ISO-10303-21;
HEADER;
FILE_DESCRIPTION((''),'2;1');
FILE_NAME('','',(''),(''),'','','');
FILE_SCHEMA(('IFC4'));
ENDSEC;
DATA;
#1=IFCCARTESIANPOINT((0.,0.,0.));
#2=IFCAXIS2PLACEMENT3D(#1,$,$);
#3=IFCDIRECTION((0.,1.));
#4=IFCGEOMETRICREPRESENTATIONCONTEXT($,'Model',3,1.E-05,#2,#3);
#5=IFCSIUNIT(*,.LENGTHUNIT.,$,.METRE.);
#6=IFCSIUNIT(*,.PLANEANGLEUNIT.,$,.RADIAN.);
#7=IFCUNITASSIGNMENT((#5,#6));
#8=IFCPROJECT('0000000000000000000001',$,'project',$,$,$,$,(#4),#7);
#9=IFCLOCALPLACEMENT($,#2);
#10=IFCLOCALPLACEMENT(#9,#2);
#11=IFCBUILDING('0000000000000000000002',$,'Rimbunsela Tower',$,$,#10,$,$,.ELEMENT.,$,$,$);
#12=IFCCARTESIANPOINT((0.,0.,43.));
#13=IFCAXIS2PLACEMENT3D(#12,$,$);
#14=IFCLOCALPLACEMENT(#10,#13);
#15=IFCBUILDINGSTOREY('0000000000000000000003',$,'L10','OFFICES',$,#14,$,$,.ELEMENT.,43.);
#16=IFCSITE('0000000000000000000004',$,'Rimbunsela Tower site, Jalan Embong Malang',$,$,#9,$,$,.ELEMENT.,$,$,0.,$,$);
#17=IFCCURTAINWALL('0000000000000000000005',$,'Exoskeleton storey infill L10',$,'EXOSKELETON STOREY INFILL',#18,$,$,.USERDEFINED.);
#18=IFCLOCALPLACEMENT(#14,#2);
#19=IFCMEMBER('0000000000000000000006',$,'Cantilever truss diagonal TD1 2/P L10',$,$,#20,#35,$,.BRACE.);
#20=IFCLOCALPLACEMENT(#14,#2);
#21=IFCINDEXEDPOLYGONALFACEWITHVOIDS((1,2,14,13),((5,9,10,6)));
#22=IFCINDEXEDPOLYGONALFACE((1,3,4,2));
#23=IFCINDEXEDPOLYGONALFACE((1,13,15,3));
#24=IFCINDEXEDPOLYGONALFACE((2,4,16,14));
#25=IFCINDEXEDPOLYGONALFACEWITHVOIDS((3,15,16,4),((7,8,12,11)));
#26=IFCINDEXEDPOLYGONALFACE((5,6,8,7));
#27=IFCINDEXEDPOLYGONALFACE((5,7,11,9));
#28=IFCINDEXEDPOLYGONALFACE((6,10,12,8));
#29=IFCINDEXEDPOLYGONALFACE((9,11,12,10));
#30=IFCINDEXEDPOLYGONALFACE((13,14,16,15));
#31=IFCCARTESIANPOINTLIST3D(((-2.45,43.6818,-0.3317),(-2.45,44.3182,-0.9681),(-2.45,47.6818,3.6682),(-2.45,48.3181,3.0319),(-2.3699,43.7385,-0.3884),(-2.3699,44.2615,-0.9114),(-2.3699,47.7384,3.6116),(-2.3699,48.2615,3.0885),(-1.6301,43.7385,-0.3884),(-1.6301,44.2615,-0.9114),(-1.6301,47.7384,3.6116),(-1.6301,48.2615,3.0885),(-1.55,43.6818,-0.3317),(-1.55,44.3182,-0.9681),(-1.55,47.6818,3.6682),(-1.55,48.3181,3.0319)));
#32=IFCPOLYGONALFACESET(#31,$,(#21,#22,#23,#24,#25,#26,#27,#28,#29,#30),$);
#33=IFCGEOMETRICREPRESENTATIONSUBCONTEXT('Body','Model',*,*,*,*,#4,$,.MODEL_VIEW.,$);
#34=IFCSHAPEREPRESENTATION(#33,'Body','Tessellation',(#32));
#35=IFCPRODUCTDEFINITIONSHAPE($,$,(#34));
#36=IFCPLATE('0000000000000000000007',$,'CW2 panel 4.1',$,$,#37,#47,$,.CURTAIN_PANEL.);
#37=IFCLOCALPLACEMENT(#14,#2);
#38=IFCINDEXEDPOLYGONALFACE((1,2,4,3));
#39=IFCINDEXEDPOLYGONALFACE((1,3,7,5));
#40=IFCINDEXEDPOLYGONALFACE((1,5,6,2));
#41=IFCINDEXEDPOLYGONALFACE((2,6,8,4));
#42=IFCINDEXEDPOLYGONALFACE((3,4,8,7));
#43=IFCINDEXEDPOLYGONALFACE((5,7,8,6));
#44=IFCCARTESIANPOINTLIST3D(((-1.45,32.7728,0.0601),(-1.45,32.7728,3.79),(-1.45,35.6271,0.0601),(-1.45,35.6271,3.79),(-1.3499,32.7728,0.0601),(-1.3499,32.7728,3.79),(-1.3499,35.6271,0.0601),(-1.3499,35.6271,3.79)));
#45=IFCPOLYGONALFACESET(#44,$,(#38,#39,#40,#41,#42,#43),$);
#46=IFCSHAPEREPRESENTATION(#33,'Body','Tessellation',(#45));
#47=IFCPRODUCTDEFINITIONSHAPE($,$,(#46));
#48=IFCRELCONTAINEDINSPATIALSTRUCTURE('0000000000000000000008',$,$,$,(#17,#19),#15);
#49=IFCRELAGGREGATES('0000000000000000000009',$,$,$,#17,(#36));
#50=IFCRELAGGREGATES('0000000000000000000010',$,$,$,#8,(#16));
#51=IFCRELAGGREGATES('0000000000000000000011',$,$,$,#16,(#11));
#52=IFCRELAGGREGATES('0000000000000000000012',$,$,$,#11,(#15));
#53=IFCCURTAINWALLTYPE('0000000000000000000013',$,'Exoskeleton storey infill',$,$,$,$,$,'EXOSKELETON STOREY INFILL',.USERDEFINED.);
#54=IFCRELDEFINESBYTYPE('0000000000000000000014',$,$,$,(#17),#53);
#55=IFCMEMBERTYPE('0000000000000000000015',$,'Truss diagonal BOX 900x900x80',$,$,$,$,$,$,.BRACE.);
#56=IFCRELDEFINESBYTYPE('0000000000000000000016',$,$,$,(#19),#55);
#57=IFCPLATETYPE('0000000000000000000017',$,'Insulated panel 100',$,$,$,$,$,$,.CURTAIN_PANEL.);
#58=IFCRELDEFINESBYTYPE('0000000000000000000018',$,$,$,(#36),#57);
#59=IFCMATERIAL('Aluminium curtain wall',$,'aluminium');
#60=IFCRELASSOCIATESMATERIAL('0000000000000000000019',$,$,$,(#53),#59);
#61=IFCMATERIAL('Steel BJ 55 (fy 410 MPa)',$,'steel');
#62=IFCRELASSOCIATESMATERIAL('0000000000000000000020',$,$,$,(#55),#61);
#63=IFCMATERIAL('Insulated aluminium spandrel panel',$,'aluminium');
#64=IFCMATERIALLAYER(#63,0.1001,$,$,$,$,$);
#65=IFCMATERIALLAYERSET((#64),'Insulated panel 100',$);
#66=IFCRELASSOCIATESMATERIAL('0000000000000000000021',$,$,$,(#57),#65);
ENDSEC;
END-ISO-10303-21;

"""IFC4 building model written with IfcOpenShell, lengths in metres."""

from ifc_helpers import new_model, si_unit, direction, frame, origin, origin_2d, place, context, subcontext, project, spatial, rectangle, hollow_rectangle, extrude, material, layer, layer_set, material_profile, profile_set, type_object, element, aggregate, save


model = new_model("IFC4")

# Units and contexts
model_context = context("Model", 3, precision=1e-05, world=origin(), true_north=direction((0.0, 1.0)))
body_context = subcontext(model_context, "Body", "Model", "MODEL_VIEW")
ifc_project = project(units=[si_unit("LENGTHUNIT", "METRE"), si_unit("PLANEANGLEUNIT", "RADIAN")], contexts=[model_context])

# Site, building, storey
site_placement = place(None, origin())
site = spatial("IfcSite", under=ifc_project, at=site_placement, Name="Rimbunsela Tower site, Jalan Embong Malang", CompositionType="ELEMENT", RefElevation=0.0)
building_placement = place(site_placement, origin())
building = spatial("IfcBuilding", under=site, at=building_placement, Name="Rimbunsela Tower", CompositionType="ELEMENT")
storey_placement = place(building_placement, frame((0.0, 0.0, 43.0)))
storey = spatial("IfcBuildingStorey", under=building, at=storey_placement, Name="L10", Description="OFFICES", CompositionType="ELEMENT", Elevation=43.0)

# Curtain wall
ifc_material_1 = material(Name="Aluminium curtain wall", Category="aluminium")
curtain_wall_type = type_object("IfcCurtainWallType", Name="Exoskeleton storey infill", ElementType="EXOSKELETON STOREY INFILL", PredefinedType="USERDEFINED", material=ifc_material_1)
curtain_wall_placement = place(storey_placement, origin())
curtain_wall = element("IfcCurtainWall", 1, at=curtain_wall_placement, inside=storey, type_object=curtain_wall_type, Name="Exoskeleton storey infill L10", ObjectType="EXOSKELETON STOREY INFILL", PredefinedType="USERDEFINED")

# Member
ifc_material_2 = material(Name="Steel BJ 55 (fy 410 MPa)", Category="steel")
ifc_material_profile_1 = material_profile(ifc_material_2, hollow_rectangle(XDim=0.8999, YDim=0.8999, WallThickness=0.0801, at=origin_2d()), Name="BOX 900x900x80")
ifc_profile_set_1 = profile_set([ifc_material_profile_1], Name="Steel BJ 55 (fy 410 MPa)")
member_type_1 = type_object("IfcMemberType", Name="Truss diagonal BOX 900x900x80", PredefinedType="BRACE", material=ifc_profile_set_1)
for number, where, z_axis, x_axis, name in (
    (2, (-2.0, 44.0, -0.6499), (0.0, 0.707107, 0.707107), (-1.0, 0.0, 0.0), "Cantilever truss diagonal TD1 2/P L10"),
):
    element("IfcMember", number, at=place(storey_placement, frame(where, z_axis=z_axis, x_axis=x_axis)), inside=storey, type_object=member_type_1, Name=name, PredefinedType="BRACE", context=body_context, shape_type="SweptSolid", body=[
        extrude(hollow_rectangle(XDim=0.8999, YDim=0.8999, WallThickness=0.0801, at=origin_2d()), origin(), (0.0, 0.0, 1.0), 5.6567),
    ])

# Plate
ifc_material_3 = material(Name="Insulated aluminium spandrel panel", Category="aluminium")
ifc_layer = layer(ifc_material_3, 0.1001)
ifc_layer_set = layer_set([ifc_layer], Name="Insulated panel 100")
plate_type = type_object("IfcPlateType", Name="Insulated panel 100", PredefinedType="CURTAIN_PANEL", material=ifc_layer_set)
plate_placement = place(storey_placement, frame((-1.3999, 34.2, 0.0601), z_axis=(0.0, 0.0, 1.0), x_axis=(0.0, -1.0, 0.0)))
plate = element("IfcPlate", 3, at=plate_placement, type_object=plate_type, Name="CW2 panel 4.1", PredefinedType="CURTAIN_PANEL", context=body_context, shape_type="SweptSolid", body=[
    extrude(rectangle(XDim=2.8542, YDim=0.1001, at=origin_2d()), origin(), (0.0, 0.0, 1.0), 3.73),
])
aggregate(curtain_wall, [plate])

save(model, "model.ifc")
